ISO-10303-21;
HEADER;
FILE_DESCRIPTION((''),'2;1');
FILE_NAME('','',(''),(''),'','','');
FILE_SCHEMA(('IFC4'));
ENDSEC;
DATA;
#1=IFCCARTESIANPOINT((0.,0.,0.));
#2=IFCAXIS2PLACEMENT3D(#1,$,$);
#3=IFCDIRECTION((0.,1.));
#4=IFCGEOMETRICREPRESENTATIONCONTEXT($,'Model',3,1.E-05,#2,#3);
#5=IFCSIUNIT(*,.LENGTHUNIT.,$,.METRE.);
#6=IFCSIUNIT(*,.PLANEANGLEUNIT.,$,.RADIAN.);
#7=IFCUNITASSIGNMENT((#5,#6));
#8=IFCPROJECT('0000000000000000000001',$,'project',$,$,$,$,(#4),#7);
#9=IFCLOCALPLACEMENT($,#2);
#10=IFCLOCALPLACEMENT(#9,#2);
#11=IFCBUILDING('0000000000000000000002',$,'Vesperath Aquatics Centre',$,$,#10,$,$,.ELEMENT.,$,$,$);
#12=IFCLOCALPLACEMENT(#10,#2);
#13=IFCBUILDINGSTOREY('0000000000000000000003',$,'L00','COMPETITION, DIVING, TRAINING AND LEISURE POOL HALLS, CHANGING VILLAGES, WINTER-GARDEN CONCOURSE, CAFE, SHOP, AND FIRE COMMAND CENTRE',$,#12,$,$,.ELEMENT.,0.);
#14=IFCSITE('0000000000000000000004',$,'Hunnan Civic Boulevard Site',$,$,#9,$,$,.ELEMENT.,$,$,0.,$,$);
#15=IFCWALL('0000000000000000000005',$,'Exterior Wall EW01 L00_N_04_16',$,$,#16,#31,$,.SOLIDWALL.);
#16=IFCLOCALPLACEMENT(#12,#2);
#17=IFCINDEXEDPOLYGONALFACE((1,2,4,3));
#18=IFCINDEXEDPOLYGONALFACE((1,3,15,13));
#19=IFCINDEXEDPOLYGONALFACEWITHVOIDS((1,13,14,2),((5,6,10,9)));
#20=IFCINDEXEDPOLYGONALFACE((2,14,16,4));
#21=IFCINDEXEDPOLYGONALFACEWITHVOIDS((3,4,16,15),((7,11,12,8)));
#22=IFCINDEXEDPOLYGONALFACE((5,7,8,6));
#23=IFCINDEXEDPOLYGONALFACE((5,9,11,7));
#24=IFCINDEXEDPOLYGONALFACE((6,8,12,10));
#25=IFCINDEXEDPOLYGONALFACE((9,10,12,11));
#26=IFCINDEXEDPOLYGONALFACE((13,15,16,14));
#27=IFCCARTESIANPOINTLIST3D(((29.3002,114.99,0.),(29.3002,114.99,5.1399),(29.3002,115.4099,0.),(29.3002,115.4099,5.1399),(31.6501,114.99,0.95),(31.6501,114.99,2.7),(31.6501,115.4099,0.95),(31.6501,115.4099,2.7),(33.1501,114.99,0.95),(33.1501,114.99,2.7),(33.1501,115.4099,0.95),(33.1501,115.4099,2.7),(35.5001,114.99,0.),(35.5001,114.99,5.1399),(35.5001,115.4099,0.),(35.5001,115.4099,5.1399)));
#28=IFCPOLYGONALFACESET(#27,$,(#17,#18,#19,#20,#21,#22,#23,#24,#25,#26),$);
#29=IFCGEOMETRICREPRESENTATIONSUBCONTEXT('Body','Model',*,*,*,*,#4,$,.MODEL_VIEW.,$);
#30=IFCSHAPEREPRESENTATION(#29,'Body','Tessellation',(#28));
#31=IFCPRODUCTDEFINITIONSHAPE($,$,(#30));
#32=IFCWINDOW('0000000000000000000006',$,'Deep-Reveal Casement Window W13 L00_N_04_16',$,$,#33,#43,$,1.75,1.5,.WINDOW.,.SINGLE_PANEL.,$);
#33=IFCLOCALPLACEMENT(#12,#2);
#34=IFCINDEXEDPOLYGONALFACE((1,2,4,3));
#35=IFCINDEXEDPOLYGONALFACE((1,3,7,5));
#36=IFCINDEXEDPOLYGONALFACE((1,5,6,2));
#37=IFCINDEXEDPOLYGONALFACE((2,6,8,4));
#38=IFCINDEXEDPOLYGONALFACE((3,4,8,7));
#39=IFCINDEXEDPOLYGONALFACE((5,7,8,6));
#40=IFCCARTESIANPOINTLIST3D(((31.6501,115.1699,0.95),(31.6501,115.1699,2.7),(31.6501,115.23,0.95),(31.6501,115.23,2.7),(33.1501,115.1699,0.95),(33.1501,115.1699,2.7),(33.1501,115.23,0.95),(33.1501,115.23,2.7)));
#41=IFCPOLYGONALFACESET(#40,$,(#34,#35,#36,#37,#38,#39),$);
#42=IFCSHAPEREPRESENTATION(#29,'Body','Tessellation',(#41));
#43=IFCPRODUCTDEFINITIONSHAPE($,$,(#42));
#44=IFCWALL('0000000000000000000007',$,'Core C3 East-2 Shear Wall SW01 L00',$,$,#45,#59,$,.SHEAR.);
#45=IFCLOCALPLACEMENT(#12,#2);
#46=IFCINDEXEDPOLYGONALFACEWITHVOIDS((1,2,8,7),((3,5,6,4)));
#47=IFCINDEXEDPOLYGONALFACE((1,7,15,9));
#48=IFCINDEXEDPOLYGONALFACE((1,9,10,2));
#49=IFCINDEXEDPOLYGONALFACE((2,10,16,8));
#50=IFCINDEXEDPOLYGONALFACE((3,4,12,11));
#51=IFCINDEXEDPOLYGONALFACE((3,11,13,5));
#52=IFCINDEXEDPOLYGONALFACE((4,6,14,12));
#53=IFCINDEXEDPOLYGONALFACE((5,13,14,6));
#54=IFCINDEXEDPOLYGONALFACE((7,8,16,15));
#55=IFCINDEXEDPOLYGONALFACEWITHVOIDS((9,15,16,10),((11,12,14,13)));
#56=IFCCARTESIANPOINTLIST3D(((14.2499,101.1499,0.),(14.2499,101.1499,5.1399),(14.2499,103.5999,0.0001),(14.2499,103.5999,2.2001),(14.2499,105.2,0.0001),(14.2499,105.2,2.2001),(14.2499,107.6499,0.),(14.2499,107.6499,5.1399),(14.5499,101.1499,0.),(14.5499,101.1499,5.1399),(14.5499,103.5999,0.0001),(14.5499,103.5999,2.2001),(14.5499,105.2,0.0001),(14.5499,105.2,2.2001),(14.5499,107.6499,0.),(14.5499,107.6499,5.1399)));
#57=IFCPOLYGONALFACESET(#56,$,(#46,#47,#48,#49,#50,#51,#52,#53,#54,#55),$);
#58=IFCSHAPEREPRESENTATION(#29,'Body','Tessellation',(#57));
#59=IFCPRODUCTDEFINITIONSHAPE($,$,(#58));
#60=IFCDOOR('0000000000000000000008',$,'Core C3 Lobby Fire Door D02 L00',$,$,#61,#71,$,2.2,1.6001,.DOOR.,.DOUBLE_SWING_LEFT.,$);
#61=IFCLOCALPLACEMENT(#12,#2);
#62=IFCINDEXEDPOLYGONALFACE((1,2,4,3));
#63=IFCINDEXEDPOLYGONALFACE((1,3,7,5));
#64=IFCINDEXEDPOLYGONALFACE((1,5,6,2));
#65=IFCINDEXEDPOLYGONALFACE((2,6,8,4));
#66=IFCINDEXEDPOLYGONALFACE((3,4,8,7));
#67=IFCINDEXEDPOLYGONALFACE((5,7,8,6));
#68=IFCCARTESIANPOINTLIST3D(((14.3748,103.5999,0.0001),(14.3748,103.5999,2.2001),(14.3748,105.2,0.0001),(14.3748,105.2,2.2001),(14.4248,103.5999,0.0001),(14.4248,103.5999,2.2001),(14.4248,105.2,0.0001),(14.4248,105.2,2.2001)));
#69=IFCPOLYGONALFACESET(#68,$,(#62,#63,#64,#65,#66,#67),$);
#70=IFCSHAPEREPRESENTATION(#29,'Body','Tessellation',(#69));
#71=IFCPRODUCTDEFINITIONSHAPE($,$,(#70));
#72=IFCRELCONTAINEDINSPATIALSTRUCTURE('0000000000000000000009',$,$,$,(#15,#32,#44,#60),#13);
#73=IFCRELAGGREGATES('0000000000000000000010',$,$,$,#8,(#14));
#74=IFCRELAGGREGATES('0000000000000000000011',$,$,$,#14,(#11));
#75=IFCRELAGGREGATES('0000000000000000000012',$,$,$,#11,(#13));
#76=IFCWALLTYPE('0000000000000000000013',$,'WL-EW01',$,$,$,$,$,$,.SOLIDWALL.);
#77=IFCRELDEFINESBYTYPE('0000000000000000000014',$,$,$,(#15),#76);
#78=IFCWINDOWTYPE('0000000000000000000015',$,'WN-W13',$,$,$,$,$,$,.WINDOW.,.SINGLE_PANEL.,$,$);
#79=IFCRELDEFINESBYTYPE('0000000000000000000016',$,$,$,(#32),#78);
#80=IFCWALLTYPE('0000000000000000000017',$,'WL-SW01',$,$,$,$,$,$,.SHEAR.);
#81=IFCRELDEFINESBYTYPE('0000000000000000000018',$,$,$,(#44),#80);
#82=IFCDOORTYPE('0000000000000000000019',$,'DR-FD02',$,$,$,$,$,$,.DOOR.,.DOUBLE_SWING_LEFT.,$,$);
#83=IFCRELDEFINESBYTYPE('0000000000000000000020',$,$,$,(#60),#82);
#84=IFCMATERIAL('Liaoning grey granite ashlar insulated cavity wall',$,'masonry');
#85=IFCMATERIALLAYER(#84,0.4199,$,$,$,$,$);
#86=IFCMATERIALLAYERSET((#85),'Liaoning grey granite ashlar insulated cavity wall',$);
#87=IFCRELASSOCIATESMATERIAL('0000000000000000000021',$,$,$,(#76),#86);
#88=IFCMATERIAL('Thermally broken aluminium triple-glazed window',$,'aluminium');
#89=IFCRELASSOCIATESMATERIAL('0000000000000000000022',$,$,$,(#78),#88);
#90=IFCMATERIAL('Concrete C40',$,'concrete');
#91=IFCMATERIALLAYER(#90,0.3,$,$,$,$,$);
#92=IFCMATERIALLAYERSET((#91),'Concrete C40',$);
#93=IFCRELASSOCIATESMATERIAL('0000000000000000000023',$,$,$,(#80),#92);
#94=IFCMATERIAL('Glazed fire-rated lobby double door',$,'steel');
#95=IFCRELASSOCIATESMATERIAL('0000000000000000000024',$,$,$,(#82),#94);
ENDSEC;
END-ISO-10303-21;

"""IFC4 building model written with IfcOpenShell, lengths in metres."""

from ifc_helpers import new_model, si_unit, direction, frame, frame_2d, origin, place, context, subcontext, project, spatial, rectangle, extrude, material, layer, layer_set, type_object, element, fill, save


model = new_model("IFC4")

# Units and contexts
model_context = context("Model", 3, precision=1e-05, world=origin(), true_north=direction((0.0, 1.0)))
body_context = subcontext(model_context, "Body", "Model", "MODEL_VIEW")
ifc_project = project(units=[si_unit("LENGTHUNIT", "METRE"), si_unit("PLANEANGLEUNIT", "RADIAN")], contexts=[model_context])

# Site, building, storey
site_placement = place(None, origin())
site = spatial("IfcSite", under=ifc_project, at=site_placement, Name="Hunnan Civic Boulevard Site", CompositionType="ELEMENT", RefElevation=0.0)
building_placement = place(site_placement, origin())
building = spatial("IfcBuilding", under=site, at=building_placement, Name="Vesperath Aquatics Centre", CompositionType="ELEMENT")
storey_placement = place(building_placement, origin())
storey = spatial("IfcBuildingStorey", under=building, at=storey_placement, Name="L00", Description="COMPETITION, DIVING, TRAINING AND LEISURE POOL HALLS, CHANGING VILLAGES, WINTER-GARDEN CONCOURSE, CAFE, SHOP, AND FIRE COMMAND CENTRE", CompositionType="ELEMENT", Elevation=0.0)

# Shared definitions
ifc_material_1 = material(Name="Concrete C40", Category="concrete")

# Shared definitions
ifc_material_2 = material(Name="Liaoning grey granite ashlar insulated cavity wall", Category="masonry")
ifc_layer_1 = layer(ifc_material_2, 0.4199)
ifc_layer_set_1 = layer_set([ifc_layer_1], Name="Liaoning grey granite ashlar insulated cavity wall")
wall_type_1 = type_object("IfcWallType", Name="WL-EW01", PredefinedType="SOLIDWALL", material=ifc_layer_set_1)
ifc_material_3 = material(Name="Thermally broken aluminium triple-glazed window", Category="aluminium")

# Wall, opening, window
wall_1_placement = place(storey_placement, frame((29.3, 115.2, 0.0), z_axis=(0.0, 0.0, 1.0), x_axis=(1.0, 0.0, 0.0)))
wall_1 = element("IfcWall", 1, at=wall_1_placement, inside=storey, type_object=wall_type_1, Name="Exterior Wall EW01 L00_N_04_16", PredefinedType="SOLIDWALL", context=body_context, shape_type="SweptSolid", body=[
    extrude(rectangle(XDim=6.2, YDim=0.4199, at=frame_2d((3.1001, 0.0))), origin(), (0.0, 0.0, 1.0), 5.1399),
])
opening_1_placement = place(wall_1_placement, frame((2.3501, 0.0, 0.95)))
opening_1 = element("IfcOpeningElement", 2, at=opening_1_placement, cuts=wall_1, PredefinedType="OPENING", context=body_context, shape_type="SweptSolid", body=[
    extrude(rectangle(XDim=1.5, YDim=1.75, at=frame_2d((0.75, 0.875))), frame((0.0, 0.2249, 0.0), z_axis=(0.0, -1.0, 0.0), x_axis=(1.0, 0.0, 0.0)), (0.0, 0.0, 1.0), 0.4497),
])
window_type_1 = type_object("IfcWindowType", Name="WN-W13", PartitioningType="SINGLE_PANEL", PredefinedType="WINDOW", material=ifc_material_3)
window_1_placement = place(opening_1_placement, origin())
window_1 = element("IfcWindow", 3, at=window_1_placement, inside=storey, type_object=window_type_1, Name="Deep-Reveal Casement Window W13 L00_N_04_16", OverallHeight=1.75, OverallWidth=1.5, PartitioningType="SINGLE_PANEL", PredefinedType="WINDOW", context=body_context, shape_type="SweptSolid", body=[
    extrude(rectangle(XDim=1.5, YDim=1.75, at=frame_2d((0.75, 0.875))), frame((0.0, 0.03, 0.0), z_axis=(0.0, -1.0, 0.0), x_axis=(1.0, 0.0, 0.0)), (0.0, 0.0, 1.0), 0.0601),
])
fill(opening_1, window_1)

# Wall, opening, door
ifc_layer_2 = layer(ifc_material_1, 0.3)
ifc_layer_set_2 = layer_set([ifc_layer_2], Name="Concrete C40")
wall_type_2 = type_object("IfcWallType", Name="WL-SW01", PredefinedType="SHEAR", material=ifc_layer_set_2)
wall_2_placement = place(storey_placement, frame((14.3999, 101.1499, 0.0), z_axis=(0.0, 0.0, 1.0), x_axis=(0.0, 1.0, 0.0)))
wall_2 = element("IfcWall", 4, at=wall_2_placement, inside=storey, type_object=wall_type_2, Name="Core C3 East-2 Shear Wall SW01 L00", PredefinedType="SHEAR", context=body_context, shape_type="SweptSolid", body=[
    extrude(rectangle(XDim=6.5, YDim=0.3, at=frame_2d((3.25, 0.0))), origin(), (0.0, 0.0, 1.0), 5.1399),
])
opening_2_placement = place(wall_2_placement, frame((2.45, 0.0, 0.0)))
opening_2 = element("IfcOpeningElement", 5, at=opening_2_placement, cuts=wall_2, PredefinedType="OPENING", context=body_context, shape_type="SweptSolid", body=[
    extrude(rectangle(XDim=1.6001, YDim=2.2, at=frame_2d((0.8, 1.1001))), frame((0.0, 0.165, 0.0), z_axis=(0.0, -1.0, 0.0), x_axis=(1.0, 0.0, 0.0)), (0.0, 0.0, 1.0), 0.3298),
])
ifc_material_4 = material(Name="Glazed fire-rated lobby double door", Category="steel")
door_type_1 = type_object("IfcDoorType", Name="DR-FD02", OperationType="DOUBLE_SWING_LEFT", PredefinedType="DOOR", material=ifc_material_4)
door_1_placement = place(opening_2_placement, frame((1.6001, 0.0, 0.0), z_axis=(0.0, 0.0, 1.0), x_axis=(-1.0, 0.0, 0.0)))
door_1 = element("IfcDoor", 6, at=door_1_placement, inside=storey, type_object=door_type_1, Name="Core C3 Lobby Fire Door D02 L00", OperationType="DOUBLE_SWING_LEFT", OverallHeight=2.2, OverallWidth=1.6001, PredefinedType="DOOR", context=body_context, shape_type="SweptSolid", body=[
    extrude(rectangle(XDim=1.6001, YDim=2.2, at=frame_2d((0.8, 1.1001))), frame((0.0, 0.0249, 0.0), z_axis=(0.0, -1.0, 0.0), x_axis=(1.0, 0.0, 0.0)), (0.0, 0.0, 1.0), 0.05),
])
fill(opening_2, door_1)

save(model, "model.ifc")
